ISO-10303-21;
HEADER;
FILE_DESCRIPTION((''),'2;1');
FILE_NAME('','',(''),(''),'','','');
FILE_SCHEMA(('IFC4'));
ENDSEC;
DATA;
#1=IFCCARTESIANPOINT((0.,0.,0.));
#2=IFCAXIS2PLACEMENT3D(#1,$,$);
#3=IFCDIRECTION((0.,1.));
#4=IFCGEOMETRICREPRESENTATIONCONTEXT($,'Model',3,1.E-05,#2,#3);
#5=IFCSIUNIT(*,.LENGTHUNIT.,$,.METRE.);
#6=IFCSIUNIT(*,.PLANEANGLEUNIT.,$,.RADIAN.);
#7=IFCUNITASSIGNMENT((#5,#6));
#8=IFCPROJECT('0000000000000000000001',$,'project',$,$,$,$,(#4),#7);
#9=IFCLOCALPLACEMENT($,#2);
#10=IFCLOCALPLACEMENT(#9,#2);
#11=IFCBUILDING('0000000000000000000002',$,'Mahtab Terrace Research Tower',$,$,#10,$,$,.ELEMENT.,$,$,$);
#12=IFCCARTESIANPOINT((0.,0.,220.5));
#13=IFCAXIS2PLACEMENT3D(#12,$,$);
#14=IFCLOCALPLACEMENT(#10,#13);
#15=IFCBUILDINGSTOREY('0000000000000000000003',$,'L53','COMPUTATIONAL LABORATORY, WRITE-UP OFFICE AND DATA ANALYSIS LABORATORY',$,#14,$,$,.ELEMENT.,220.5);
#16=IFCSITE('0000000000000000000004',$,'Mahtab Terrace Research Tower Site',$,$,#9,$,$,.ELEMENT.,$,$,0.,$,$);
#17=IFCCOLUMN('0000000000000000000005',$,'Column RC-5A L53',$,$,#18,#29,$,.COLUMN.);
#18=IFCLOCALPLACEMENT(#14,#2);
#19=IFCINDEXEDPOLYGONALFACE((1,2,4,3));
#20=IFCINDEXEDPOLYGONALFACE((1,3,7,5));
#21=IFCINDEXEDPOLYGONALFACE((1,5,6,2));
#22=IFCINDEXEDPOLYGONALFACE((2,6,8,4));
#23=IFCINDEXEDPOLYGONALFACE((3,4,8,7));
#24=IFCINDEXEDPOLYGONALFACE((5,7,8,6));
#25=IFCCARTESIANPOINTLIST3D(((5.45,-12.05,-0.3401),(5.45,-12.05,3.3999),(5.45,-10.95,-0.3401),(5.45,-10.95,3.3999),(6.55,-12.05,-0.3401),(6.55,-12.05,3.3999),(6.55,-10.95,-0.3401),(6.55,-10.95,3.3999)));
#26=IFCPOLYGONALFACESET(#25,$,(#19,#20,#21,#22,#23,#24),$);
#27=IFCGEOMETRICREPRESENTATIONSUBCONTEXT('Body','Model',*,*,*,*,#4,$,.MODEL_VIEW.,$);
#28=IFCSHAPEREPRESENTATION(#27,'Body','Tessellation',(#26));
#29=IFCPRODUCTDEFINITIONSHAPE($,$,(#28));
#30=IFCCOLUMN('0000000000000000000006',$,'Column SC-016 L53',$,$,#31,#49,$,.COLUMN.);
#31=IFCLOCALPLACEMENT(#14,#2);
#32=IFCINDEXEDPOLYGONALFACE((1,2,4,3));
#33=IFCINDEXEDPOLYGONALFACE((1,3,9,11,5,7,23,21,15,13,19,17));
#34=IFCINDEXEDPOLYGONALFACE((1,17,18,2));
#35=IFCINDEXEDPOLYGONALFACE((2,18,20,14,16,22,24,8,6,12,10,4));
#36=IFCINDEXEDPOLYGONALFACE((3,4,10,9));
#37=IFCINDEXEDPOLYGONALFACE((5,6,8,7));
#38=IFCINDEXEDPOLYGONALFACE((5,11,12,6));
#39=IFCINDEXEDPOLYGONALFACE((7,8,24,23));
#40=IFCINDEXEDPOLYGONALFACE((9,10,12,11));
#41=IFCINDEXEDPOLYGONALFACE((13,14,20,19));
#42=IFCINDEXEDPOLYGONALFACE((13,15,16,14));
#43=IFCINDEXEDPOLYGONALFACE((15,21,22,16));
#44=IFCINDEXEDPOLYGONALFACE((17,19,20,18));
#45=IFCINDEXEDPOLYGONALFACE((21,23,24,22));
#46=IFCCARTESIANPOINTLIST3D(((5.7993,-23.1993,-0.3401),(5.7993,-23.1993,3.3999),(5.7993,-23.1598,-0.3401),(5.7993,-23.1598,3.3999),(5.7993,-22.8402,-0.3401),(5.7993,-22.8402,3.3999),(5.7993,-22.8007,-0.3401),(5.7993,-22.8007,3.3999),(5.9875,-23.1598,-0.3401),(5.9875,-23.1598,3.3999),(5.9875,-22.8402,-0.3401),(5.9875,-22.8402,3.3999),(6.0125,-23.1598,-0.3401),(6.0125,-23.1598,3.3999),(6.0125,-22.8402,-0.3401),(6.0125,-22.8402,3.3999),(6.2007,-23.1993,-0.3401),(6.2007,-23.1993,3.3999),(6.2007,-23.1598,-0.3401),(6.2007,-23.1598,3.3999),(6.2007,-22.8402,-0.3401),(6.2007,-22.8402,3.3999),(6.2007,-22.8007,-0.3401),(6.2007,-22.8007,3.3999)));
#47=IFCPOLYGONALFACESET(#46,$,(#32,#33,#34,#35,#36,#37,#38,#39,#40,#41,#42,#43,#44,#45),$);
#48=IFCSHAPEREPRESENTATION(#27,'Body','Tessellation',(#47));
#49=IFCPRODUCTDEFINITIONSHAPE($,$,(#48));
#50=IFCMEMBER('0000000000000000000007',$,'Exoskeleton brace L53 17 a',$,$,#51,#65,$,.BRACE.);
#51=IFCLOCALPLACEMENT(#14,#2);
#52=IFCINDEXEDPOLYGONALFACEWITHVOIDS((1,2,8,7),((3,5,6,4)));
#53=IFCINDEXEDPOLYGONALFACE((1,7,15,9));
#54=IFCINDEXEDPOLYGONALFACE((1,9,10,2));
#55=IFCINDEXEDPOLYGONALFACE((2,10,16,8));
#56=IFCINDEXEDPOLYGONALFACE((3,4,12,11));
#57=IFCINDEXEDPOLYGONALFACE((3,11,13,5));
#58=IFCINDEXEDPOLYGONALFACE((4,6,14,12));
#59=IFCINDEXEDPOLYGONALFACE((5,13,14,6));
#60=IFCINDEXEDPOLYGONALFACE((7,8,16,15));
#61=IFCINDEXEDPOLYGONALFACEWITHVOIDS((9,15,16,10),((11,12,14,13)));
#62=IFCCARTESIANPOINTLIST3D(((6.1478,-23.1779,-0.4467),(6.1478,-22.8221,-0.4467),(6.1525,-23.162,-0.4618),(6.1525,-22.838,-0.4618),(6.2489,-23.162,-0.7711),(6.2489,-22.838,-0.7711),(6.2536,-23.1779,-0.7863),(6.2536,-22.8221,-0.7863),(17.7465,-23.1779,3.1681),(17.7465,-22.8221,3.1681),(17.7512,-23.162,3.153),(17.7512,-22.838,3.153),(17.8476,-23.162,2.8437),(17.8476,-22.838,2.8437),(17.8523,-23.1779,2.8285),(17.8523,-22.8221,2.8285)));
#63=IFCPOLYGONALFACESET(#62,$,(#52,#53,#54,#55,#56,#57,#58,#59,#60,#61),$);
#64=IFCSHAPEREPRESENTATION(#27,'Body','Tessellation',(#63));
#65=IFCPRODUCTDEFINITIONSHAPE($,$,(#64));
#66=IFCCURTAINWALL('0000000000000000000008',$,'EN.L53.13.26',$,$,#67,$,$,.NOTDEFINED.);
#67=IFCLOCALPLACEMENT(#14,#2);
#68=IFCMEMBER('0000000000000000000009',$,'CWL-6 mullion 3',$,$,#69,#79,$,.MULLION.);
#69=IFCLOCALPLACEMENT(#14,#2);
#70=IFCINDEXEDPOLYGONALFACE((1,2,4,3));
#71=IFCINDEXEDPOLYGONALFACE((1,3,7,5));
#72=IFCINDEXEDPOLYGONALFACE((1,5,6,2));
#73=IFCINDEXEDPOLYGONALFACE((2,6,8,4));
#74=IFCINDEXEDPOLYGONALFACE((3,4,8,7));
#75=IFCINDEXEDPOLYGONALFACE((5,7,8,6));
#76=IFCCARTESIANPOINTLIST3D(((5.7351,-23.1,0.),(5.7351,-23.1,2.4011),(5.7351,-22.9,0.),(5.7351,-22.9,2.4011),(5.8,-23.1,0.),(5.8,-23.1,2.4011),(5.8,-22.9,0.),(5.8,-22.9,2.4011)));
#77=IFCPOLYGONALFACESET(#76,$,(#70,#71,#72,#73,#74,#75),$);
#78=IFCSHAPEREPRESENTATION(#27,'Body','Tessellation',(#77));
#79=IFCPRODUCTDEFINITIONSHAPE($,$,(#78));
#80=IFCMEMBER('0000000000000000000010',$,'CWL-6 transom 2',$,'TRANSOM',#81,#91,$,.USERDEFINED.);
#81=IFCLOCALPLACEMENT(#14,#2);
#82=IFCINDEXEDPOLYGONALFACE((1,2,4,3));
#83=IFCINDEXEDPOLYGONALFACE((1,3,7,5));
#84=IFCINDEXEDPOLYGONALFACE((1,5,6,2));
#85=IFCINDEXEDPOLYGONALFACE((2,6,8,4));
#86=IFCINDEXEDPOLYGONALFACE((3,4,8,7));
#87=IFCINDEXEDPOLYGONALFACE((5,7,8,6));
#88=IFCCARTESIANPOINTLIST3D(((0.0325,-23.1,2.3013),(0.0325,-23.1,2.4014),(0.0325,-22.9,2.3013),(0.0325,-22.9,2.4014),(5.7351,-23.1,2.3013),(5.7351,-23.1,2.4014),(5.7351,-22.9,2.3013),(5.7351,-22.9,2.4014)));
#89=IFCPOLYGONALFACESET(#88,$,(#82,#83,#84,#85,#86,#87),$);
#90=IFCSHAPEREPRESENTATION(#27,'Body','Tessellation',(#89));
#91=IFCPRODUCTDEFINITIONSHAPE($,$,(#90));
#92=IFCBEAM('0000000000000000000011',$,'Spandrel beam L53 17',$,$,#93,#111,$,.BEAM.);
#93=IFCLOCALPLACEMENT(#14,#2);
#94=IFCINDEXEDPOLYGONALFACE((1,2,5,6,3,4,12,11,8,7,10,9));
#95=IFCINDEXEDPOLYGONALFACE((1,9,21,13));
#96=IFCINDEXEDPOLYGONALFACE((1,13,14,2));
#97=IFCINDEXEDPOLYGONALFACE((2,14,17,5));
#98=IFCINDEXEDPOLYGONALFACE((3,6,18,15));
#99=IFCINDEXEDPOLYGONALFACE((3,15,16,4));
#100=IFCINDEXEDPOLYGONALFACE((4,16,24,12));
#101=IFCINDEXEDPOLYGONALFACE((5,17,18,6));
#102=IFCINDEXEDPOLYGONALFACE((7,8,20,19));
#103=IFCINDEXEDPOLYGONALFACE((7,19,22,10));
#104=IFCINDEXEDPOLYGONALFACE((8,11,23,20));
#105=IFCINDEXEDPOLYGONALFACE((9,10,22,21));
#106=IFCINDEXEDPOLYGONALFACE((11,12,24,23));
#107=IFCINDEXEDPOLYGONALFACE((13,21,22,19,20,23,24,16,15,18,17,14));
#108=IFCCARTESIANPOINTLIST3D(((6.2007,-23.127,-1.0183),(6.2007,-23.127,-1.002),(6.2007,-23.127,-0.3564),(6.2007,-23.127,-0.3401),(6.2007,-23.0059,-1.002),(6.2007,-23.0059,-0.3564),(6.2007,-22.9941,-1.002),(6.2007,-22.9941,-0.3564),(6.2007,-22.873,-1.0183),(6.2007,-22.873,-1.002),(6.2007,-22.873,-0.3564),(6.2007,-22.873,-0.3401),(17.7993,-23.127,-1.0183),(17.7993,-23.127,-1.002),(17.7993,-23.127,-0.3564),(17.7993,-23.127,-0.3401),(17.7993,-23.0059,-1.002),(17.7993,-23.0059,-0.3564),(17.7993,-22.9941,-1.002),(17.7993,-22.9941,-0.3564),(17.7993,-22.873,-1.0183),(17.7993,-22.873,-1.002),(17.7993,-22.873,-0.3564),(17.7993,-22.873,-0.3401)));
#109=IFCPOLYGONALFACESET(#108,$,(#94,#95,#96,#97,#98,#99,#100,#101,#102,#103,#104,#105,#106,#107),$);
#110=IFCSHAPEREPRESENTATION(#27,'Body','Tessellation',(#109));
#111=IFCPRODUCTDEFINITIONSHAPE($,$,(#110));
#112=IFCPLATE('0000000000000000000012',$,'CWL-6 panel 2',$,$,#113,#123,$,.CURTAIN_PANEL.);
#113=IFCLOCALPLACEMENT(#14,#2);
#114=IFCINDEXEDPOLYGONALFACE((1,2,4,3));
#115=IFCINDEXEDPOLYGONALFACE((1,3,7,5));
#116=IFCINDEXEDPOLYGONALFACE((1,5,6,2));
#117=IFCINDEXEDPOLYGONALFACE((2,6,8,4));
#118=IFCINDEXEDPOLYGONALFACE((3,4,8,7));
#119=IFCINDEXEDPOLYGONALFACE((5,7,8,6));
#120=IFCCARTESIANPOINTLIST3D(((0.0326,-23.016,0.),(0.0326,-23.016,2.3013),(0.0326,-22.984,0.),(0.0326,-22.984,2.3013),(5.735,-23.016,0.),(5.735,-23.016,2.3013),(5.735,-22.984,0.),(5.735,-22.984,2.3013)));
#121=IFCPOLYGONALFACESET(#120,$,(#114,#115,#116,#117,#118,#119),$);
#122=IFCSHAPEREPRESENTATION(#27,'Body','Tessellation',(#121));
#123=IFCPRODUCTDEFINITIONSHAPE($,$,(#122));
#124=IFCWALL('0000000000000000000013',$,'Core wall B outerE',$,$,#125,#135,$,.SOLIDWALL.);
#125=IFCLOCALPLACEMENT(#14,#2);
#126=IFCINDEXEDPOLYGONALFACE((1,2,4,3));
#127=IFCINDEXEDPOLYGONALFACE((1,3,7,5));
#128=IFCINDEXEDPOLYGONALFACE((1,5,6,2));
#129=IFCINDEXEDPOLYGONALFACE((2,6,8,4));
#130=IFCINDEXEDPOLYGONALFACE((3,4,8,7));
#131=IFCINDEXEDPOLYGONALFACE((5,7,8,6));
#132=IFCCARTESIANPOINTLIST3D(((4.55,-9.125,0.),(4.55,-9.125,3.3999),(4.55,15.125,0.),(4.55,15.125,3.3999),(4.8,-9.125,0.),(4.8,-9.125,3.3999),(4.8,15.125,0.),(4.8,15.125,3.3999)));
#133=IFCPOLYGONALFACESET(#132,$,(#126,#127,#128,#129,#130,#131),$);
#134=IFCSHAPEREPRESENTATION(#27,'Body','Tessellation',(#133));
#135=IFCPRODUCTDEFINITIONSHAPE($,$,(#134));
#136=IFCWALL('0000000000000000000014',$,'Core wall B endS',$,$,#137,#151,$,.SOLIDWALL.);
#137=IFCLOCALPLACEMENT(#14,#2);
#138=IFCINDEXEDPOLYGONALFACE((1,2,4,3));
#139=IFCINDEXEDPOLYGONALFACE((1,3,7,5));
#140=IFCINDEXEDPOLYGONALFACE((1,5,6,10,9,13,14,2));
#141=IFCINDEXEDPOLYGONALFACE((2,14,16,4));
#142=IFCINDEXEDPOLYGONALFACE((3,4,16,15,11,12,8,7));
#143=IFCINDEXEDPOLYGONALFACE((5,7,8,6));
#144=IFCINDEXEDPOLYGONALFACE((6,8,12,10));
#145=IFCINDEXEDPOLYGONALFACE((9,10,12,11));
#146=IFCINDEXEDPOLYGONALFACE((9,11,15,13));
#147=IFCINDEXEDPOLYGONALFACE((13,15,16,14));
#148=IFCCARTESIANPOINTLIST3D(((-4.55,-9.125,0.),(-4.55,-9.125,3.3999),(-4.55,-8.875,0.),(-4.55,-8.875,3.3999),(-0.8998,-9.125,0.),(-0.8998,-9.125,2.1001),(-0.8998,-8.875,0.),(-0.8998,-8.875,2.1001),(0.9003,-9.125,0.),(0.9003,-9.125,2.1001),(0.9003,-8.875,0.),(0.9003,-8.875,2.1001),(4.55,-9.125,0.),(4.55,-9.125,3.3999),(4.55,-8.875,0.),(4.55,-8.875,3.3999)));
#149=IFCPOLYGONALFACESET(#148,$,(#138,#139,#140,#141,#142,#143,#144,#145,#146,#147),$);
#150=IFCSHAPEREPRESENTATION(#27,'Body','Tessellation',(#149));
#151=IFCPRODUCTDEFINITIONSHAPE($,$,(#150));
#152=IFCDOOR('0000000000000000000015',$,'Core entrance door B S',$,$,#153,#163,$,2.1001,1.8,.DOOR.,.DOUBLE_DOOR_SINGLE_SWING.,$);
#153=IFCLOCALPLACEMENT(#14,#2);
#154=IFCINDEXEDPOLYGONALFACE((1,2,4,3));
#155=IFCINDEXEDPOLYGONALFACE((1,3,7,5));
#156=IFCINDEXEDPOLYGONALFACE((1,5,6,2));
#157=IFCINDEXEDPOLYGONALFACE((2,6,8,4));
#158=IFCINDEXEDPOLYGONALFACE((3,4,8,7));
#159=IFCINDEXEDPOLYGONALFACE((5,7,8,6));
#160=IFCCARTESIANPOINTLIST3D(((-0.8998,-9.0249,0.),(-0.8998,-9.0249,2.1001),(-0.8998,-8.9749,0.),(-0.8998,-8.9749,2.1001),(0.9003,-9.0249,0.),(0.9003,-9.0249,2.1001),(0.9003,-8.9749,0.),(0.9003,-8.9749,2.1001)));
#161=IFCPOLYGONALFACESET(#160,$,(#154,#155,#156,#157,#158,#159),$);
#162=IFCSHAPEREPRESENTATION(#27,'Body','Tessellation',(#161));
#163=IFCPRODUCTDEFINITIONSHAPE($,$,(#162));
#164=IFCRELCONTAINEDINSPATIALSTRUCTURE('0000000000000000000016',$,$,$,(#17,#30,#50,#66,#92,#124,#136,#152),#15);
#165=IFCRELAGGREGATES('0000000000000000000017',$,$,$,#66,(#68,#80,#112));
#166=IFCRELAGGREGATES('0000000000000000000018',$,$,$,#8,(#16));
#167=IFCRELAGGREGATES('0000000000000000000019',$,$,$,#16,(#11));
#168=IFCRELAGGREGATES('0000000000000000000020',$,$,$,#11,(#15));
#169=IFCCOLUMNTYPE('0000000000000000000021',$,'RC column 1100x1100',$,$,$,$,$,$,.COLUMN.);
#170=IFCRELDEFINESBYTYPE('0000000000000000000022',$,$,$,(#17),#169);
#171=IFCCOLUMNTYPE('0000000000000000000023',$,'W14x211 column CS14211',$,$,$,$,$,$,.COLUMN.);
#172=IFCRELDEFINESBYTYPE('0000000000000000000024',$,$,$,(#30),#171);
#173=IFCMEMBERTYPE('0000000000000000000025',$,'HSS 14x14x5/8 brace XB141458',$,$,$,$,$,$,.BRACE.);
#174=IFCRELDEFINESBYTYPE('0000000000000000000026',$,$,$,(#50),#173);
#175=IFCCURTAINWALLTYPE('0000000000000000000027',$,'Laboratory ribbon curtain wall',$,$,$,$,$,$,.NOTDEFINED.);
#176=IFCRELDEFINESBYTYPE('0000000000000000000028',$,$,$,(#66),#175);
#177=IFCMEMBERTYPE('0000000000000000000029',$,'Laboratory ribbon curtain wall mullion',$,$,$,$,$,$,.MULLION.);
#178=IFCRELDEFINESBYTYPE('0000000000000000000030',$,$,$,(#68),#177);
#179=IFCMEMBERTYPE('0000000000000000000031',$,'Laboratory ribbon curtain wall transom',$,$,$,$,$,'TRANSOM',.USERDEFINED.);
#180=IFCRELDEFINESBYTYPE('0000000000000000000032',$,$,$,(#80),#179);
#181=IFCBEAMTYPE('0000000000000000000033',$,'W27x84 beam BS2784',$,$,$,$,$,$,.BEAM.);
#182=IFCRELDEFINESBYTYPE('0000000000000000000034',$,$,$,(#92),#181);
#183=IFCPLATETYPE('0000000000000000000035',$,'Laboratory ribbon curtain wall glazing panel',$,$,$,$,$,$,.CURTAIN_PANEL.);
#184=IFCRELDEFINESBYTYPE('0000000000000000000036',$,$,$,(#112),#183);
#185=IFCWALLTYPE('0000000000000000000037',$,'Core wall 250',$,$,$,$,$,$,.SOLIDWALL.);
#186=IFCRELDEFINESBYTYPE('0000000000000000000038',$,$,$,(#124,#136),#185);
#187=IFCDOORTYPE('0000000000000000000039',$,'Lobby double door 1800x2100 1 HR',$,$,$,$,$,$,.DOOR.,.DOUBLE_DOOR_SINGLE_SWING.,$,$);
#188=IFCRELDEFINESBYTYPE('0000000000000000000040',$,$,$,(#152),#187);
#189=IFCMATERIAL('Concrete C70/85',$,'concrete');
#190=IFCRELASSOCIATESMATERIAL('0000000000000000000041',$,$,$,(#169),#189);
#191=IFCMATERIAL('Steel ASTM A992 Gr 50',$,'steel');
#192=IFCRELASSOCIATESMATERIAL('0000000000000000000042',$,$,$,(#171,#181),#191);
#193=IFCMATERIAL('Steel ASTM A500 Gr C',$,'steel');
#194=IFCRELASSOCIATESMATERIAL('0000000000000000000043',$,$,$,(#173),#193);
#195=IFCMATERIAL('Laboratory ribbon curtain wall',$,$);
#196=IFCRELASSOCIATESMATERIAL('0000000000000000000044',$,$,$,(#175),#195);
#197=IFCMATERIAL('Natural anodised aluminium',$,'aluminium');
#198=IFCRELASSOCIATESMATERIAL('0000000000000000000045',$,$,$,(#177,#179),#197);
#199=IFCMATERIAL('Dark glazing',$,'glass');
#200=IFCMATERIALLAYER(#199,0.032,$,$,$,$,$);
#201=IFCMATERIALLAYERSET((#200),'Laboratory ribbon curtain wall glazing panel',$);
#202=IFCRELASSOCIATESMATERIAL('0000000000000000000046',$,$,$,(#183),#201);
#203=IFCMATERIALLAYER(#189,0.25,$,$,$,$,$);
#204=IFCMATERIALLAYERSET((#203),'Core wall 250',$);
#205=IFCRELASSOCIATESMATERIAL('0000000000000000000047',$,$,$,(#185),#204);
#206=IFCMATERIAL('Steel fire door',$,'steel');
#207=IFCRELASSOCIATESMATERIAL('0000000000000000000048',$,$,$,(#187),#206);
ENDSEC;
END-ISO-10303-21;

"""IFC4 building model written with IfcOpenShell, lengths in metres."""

from ifc_helpers import new_model, si_unit, direction, frame, frame_2d, origin, origin_2d, place, context, subcontext, project, spatial, rectangle, hollow_rectangle, i_section, extrude, material, layer, layer_set, material_profile, profile_set, type_object, element, fill, aggregate, save


model = new_model("IFC4")

# Units and contexts
model_context = context("Model", 3, precision=1e-05, world=origin(), true_north=direction((0.0, 1.0)))
body_context = subcontext(model_context, "Body", "Model", "MODEL_VIEW")
ifc_project = project(units=[si_unit("LENGTHUNIT", "METRE"), si_unit("PLANEANGLEUNIT", "RADIAN")], contexts=[model_context])

# Site, building, storey
site_placement = place(None, origin())
site = spatial("IfcSite", under=ifc_project, at=site_placement, Name="Mahtab Terrace Research Tower Site", CompositionType="ELEMENT", RefElevation=0.0)
building_placement = place(site_placement, origin())
building = spatial("IfcBuilding", under=site, at=building_placement, Name="Mahtab Terrace Research Tower", CompositionType="ELEMENT")
storey_placement = place(building_placement, frame((0.0, 0.0, 220.5)))
storey = spatial("IfcBuildingStorey", under=building, at=storey_placement, Name="L53", Description="COMPUTATIONAL LABORATORY, WRITE-UP OFFICE AND DATA ANALYSIS LABORATORY", CompositionType="ELEMENT", Elevation=220.5)

# Columns
ifc_material_1 = material(Name="Concrete C70/85", Category="concrete")
ifc_material_profile_1 = material_profile(ifc_material_1, rectangle(XDim=1.1001, YDim=1.1001, at=origin_2d()), Name="RC column 1100x1100")
ifc_profile_set_1 = profile_set([ifc_material_profile_1], Name="Concrete C70/85")
column_type_1 = type_object("IfcColumnType", Name="RC column 1100x1100", PredefinedType="COLUMN", material=ifc_profile_set_1)
column_1_placement = place(storey_placement, frame((6.0, -11.5, -0.3401), z_axis=(0.0, 0.0, 1.0), x_axis=(1.0, 0.0, 0.0)))
element("IfcColumn", 1, at=column_1_placement, inside=storey, type_object=column_type_1, Name="Column RC-5A L53", PredefinedType="COLUMN", context=body_context, shape_type="SweptSolid", body=[
    extrude(rectangle(XDim=1.1001, YDim=1.1001, at=origin_2d()), origin(), (0.0, 0.0, 1.0), 3.74),
])
ifc_material_2 = material(Name="Steel ASTM A992 Gr 50", Category="steel")
ifc_material_profile_2 = material_profile(ifc_material_2, i_section(OverallWidth=0.4014, OverallDepth=0.3987, WebThickness=0.0249, FlangeThickness=0.0396, at=origin_2d()), Name="W14X211")
ifc_profile_set_2 = profile_set([ifc_material_profile_2], Name="Steel ASTM A992 Gr 50")
column_type_2 = type_object("IfcColumnType", Name="W14x211 column CS14211", PredefinedType="COLUMN", material=ifc_profile_set_2)
column_2_placement = place(storey_placement, frame((6.0, -23.0, -0.3401), z_axis=(0.0, 0.0, 1.0), x_axis=(1.0, 0.0, 0.0)))
element("IfcColumn", 2, at=column_2_placement, inside=storey, type_object=column_type_2, Name="Column SC-016 L53", PredefinedType="COLUMN", context=body_context, shape_type="SweptSolid", body=[
    extrude(i_section(OverallWidth=0.4014, OverallDepth=0.3987, WebThickness=0.0249, FlangeThickness=0.0396, at=origin_2d()), origin(), (0.0, 0.0, 1.0), 3.74),
])

# Member
ifc_material_3 = material(Name="Steel ASTM A500 Gr C", Category="steel")
ifc_material_profile_3 = material_profile(ifc_material_3, hollow_rectangle(XDim=0.3557, YDim=0.3557, WallThickness=0.0159, at=origin_2d()), Name="HSS14X14X5/8")
ifc_profile_set_3 = profile_set([ifc_material_profile_3], Name="Steel ASTM A500 Gr C")
member_type_1 = type_object("IfcMemberType", Name="HSS 14x14x5/8 brace XB141458", PredefinedType="BRACE", material=ifc_profile_set_3)
member_1_placement = place(storey_placement, frame((6.2007, -23.0, -0.6165), z_axis=(0.95471, 0.0, 0.297538), x_axis=(0.0, 1.0, 0.0)))
element("IfcMember", 3, at=member_1_placement, inside=storey, type_object=member_type_1, Name="Exoskeleton brace L53 17 a", PredefinedType="BRACE", context=body_context, shape_type="SweptSolid", body=[
    extrude(hollow_rectangle(XDim=0.3557, YDim=0.3557, WallThickness=0.0159, at=origin_2d()), origin(), (0.0, 0.0, 1.0), 12.1489),
])

# Curtain wall, members
ifc_material_4 = material(Name="Laboratory ribbon curtain wall")
curtain_wall_type = type_object("IfcCurtainWallType", Name="Laboratory ribbon curtain wall", PredefinedType="NOTDEFINED", material=ifc_material_4)
curtain_wall_placement = place(storey_placement, origin())
curtain_wall = element("IfcCurtainWall", 4, at=curtain_wall_placement, inside=storey, type_object=curtain_wall_type, Name="EN.L53.13.26", PredefinedType="NOTDEFINED")
ifc_material_5 = material(Name="Natural anodised aluminium", Category="aluminium")
ifc_material_profile_4 = material_profile(ifc_material_5, rectangle(XDim=0.2, YDim=0.0649, at=origin_2d()), Name="MULLION 65x200")
ifc_profile_set_4 = profile_set([ifc_material_profile_4], Name="Natural anodised aluminium")
member_type_2 = type_object("IfcMemberType", Name="Laboratory ribbon curtain wall mullion", PredefinedType="MULLION", material=ifc_profile_set_4)
member_2_placement = place(storey_placement, frame((5.7676, -23.0, 0.0), z_axis=(0.0, 0.0, 1.0), x_axis=(0.0, 1.0, 0.0)))
member_2 = element("IfcMember", 5, at=member_2_placement, type_object=member_type_2, Name="CWL-6 mullion 3", PredefinedType="MULLION", context=body_context, shape_type="SweptSolid", body=[
    extrude(rectangle(XDim=0.2, YDim=0.0649, at=origin_2d()), origin(), (0.0, 0.0, 1.0), 2.4011),
])
ifc_material_profile_5 = material_profile(ifc_material_5, rectangle(XDim=0.2, YDim=0.1001, at=origin_2d()), Name="TRANSOM 100x200")
ifc_profile_set_5 = profile_set([ifc_material_profile_5], Name="Natural anodised aluminium")
member_type_3 = type_object("IfcMemberType", Name="Laboratory ribbon curtain wall transom", ElementType="TRANSOM", PredefinedType="USERDEFINED", material=ifc_profile_set_5)
member_3_placement = place(storey_placement, frame((0.0325, -23.0, 2.3513), z_axis=(1.0, 0.0, 0.0), x_axis=(0.0, 1.0, 0.0)))
member_3 = element("IfcMember", 6, at=member_3_placement, type_object=member_type_3, Name="CWL-6 transom 2", ObjectType="TRANSOM", PredefinedType="USERDEFINED", context=body_context, shape_type="SweptSolid", body=[
    extrude(rectangle(XDim=0.2, YDim=0.1001, at=origin_2d()), origin(), (0.0, 0.0, 1.0), 5.7026),
])

# Beam
ifc_material_profile_6 = material_profile(ifc_material_2, i_section(OverallWidth=0.2539, OverallDepth=0.6782, WebThickness=0.0117, FlangeThickness=0.0164, at=origin_2d()), Name="W27X84")
ifc_profile_set_6 = profile_set([ifc_material_profile_6], Name="Steel ASTM A992 Gr 50")
beam_type = type_object("IfcBeamType", Name="W27x84 beam BS2784", PredefinedType="BEAM", material=ifc_profile_set_6)
beam_placement = place(storey_placement, frame((6.2007, -23.0, -0.6792), z_axis=(1.0, 0.0, 0.0), x_axis=(0.0, 1.0, 0.0)))
element("IfcBeam", 7, at=beam_placement, inside=storey, type_object=beam_type, Name="Spandrel beam L53 17", PredefinedType="BEAM", context=body_context, shape_type="SweptSolid", body=[
    extrude(i_section(OverallWidth=0.2539, OverallDepth=0.6782, WebThickness=0.0117, FlangeThickness=0.0164, at=origin_2d()), origin(), (0.0, 0.0, 1.0), 11.5986),
])

# Plate
ifc_material_6 = material(Name="Dark glazing", Category="glass")
ifc_layer_1 = layer(ifc_material_6, 0.032)
ifc_layer_set_1 = layer_set([ifc_layer_1], Name="Laboratory ribbon curtain wall glazing panel")
plate_type = type_object("IfcPlateType", Name="Laboratory ribbon curtain wall glazing panel", PredefinedType="CURTAIN_PANEL", material=ifc_layer_set_1)
plate_placement = place(storey_placement, frame((2.8838, -23.0, 0.0), z_axis=(0.0, 0.0, 1.0), x_axis=(1.0, 0.0, 0.0)))
plate = element("IfcPlate", 8, at=plate_placement, type_object=plate_type, Name="CWL-6 panel 2", PredefinedType="CURTAIN_PANEL", context=body_context, shape_type="SweptSolid", body=[
    extrude(rectangle(XDim=5.7024, YDim=0.032, at=origin_2d()), origin(), (0.0, 0.0, 1.0), 2.3013),
])
aggregate(curtain_wall, [member_2, member_3, plate])

# Wall
ifc_layer_2 = layer(ifc_material_1, 0.25)
ifc_layer_set_2 = layer_set([ifc_layer_2], Name="Core wall 250")
wall_type_1 = type_object("IfcWallType", Name="Core wall 250", PredefinedType="SOLIDWALL", material=ifc_layer_set_2)
wall_1_placement = place(storey_placement, frame((4.675, -9.125, 0.0), z_axis=(0.0, 0.0, 1.0), x_axis=(0.0, 1.0, 0.0)))
element("IfcWall", 9, at=wall_1_placement, inside=storey, type_object=wall_type_1, Name="Core wall B outerE", PredefinedType="SOLIDWALL", context=body_context, shape_type="SweptSolid", body=[
    extrude(rectangle(XDim=24.25, YDim=0.25, at=frame_2d((12.125, 0.0))), origin(), (0.0, 0.0, 1.0), 3.3999),
])

# Wall, opening, door
wall_2_placement = place(storey_placement, frame((4.55, -9.0, 0.0), z_axis=(0.0, 0.0, 1.0), x_axis=(-1.0, 0.0, 0.0)))
wall_2 = element("IfcWall", 10, at=wall_2_placement, inside=storey, type_object=wall_type_1, Name="Core wall B endS", PredefinedType="SOLIDWALL", context=body_context, shape_type="SweptSolid", body=[
    extrude(rectangle(XDim=9.1001, YDim=0.25, at=frame_2d((4.55, 0.0))), origin(), (0.0, 0.0, 1.0), 3.3999),
])
opening_1_placement = place(wall_2_placement, frame((3.6499, 0.0, 0.0)))
opening_1 = element("IfcOpeningElement", 11, at=opening_1_placement, cuts=wall_2, PredefinedType="OPENING", context=body_context, shape_type="SweptSolid", body=[
    extrude(rectangle(XDim=1.8, YDim=2.1001, at=frame_2d((0.8999, 1.05))), frame((0.0, 0.135, 0.0), z_axis=(0.0, -1.0, 0.0), x_axis=(1.0, 0.0, 0.0)), (0.0, 0.0, 1.0), 0.27),
])
ifc_material_7 = material(Name="Steel fire door", Category="steel")
door_type_1 = type_object("IfcDoorType", Name="Lobby double door 1800x2100 1 HR", OperationType="DOUBLE_DOOR_SINGLE_SWING", PredefinedType="DOOR", material=ifc_material_7)
door_1_placement = place(opening_1_placement, origin())
door_1 = element("IfcDoor", 12, at=door_1_placement, inside=storey, type_object=door_type_1, Name="Core entrance door B S", OperationType="DOUBLE_DOOR_SINGLE_SWING", OverallHeight=2.1001, OverallWidth=1.8, PredefinedType="DOOR", context=body_context, shape_type="SweptSolid", body=[
    extrude(rectangle(XDim=1.8, YDim=2.1001, at=frame_2d((0.8999, 1.05))), frame((0.0, 0.0249, 0.0), z_axis=(0.0, -1.0, 0.0), x_axis=(1.0, 0.0, 0.0)), (0.0, 0.0, 1.0), 0.05),
])
fill(opening_1, door_1)

save(model, "model.ifc")
